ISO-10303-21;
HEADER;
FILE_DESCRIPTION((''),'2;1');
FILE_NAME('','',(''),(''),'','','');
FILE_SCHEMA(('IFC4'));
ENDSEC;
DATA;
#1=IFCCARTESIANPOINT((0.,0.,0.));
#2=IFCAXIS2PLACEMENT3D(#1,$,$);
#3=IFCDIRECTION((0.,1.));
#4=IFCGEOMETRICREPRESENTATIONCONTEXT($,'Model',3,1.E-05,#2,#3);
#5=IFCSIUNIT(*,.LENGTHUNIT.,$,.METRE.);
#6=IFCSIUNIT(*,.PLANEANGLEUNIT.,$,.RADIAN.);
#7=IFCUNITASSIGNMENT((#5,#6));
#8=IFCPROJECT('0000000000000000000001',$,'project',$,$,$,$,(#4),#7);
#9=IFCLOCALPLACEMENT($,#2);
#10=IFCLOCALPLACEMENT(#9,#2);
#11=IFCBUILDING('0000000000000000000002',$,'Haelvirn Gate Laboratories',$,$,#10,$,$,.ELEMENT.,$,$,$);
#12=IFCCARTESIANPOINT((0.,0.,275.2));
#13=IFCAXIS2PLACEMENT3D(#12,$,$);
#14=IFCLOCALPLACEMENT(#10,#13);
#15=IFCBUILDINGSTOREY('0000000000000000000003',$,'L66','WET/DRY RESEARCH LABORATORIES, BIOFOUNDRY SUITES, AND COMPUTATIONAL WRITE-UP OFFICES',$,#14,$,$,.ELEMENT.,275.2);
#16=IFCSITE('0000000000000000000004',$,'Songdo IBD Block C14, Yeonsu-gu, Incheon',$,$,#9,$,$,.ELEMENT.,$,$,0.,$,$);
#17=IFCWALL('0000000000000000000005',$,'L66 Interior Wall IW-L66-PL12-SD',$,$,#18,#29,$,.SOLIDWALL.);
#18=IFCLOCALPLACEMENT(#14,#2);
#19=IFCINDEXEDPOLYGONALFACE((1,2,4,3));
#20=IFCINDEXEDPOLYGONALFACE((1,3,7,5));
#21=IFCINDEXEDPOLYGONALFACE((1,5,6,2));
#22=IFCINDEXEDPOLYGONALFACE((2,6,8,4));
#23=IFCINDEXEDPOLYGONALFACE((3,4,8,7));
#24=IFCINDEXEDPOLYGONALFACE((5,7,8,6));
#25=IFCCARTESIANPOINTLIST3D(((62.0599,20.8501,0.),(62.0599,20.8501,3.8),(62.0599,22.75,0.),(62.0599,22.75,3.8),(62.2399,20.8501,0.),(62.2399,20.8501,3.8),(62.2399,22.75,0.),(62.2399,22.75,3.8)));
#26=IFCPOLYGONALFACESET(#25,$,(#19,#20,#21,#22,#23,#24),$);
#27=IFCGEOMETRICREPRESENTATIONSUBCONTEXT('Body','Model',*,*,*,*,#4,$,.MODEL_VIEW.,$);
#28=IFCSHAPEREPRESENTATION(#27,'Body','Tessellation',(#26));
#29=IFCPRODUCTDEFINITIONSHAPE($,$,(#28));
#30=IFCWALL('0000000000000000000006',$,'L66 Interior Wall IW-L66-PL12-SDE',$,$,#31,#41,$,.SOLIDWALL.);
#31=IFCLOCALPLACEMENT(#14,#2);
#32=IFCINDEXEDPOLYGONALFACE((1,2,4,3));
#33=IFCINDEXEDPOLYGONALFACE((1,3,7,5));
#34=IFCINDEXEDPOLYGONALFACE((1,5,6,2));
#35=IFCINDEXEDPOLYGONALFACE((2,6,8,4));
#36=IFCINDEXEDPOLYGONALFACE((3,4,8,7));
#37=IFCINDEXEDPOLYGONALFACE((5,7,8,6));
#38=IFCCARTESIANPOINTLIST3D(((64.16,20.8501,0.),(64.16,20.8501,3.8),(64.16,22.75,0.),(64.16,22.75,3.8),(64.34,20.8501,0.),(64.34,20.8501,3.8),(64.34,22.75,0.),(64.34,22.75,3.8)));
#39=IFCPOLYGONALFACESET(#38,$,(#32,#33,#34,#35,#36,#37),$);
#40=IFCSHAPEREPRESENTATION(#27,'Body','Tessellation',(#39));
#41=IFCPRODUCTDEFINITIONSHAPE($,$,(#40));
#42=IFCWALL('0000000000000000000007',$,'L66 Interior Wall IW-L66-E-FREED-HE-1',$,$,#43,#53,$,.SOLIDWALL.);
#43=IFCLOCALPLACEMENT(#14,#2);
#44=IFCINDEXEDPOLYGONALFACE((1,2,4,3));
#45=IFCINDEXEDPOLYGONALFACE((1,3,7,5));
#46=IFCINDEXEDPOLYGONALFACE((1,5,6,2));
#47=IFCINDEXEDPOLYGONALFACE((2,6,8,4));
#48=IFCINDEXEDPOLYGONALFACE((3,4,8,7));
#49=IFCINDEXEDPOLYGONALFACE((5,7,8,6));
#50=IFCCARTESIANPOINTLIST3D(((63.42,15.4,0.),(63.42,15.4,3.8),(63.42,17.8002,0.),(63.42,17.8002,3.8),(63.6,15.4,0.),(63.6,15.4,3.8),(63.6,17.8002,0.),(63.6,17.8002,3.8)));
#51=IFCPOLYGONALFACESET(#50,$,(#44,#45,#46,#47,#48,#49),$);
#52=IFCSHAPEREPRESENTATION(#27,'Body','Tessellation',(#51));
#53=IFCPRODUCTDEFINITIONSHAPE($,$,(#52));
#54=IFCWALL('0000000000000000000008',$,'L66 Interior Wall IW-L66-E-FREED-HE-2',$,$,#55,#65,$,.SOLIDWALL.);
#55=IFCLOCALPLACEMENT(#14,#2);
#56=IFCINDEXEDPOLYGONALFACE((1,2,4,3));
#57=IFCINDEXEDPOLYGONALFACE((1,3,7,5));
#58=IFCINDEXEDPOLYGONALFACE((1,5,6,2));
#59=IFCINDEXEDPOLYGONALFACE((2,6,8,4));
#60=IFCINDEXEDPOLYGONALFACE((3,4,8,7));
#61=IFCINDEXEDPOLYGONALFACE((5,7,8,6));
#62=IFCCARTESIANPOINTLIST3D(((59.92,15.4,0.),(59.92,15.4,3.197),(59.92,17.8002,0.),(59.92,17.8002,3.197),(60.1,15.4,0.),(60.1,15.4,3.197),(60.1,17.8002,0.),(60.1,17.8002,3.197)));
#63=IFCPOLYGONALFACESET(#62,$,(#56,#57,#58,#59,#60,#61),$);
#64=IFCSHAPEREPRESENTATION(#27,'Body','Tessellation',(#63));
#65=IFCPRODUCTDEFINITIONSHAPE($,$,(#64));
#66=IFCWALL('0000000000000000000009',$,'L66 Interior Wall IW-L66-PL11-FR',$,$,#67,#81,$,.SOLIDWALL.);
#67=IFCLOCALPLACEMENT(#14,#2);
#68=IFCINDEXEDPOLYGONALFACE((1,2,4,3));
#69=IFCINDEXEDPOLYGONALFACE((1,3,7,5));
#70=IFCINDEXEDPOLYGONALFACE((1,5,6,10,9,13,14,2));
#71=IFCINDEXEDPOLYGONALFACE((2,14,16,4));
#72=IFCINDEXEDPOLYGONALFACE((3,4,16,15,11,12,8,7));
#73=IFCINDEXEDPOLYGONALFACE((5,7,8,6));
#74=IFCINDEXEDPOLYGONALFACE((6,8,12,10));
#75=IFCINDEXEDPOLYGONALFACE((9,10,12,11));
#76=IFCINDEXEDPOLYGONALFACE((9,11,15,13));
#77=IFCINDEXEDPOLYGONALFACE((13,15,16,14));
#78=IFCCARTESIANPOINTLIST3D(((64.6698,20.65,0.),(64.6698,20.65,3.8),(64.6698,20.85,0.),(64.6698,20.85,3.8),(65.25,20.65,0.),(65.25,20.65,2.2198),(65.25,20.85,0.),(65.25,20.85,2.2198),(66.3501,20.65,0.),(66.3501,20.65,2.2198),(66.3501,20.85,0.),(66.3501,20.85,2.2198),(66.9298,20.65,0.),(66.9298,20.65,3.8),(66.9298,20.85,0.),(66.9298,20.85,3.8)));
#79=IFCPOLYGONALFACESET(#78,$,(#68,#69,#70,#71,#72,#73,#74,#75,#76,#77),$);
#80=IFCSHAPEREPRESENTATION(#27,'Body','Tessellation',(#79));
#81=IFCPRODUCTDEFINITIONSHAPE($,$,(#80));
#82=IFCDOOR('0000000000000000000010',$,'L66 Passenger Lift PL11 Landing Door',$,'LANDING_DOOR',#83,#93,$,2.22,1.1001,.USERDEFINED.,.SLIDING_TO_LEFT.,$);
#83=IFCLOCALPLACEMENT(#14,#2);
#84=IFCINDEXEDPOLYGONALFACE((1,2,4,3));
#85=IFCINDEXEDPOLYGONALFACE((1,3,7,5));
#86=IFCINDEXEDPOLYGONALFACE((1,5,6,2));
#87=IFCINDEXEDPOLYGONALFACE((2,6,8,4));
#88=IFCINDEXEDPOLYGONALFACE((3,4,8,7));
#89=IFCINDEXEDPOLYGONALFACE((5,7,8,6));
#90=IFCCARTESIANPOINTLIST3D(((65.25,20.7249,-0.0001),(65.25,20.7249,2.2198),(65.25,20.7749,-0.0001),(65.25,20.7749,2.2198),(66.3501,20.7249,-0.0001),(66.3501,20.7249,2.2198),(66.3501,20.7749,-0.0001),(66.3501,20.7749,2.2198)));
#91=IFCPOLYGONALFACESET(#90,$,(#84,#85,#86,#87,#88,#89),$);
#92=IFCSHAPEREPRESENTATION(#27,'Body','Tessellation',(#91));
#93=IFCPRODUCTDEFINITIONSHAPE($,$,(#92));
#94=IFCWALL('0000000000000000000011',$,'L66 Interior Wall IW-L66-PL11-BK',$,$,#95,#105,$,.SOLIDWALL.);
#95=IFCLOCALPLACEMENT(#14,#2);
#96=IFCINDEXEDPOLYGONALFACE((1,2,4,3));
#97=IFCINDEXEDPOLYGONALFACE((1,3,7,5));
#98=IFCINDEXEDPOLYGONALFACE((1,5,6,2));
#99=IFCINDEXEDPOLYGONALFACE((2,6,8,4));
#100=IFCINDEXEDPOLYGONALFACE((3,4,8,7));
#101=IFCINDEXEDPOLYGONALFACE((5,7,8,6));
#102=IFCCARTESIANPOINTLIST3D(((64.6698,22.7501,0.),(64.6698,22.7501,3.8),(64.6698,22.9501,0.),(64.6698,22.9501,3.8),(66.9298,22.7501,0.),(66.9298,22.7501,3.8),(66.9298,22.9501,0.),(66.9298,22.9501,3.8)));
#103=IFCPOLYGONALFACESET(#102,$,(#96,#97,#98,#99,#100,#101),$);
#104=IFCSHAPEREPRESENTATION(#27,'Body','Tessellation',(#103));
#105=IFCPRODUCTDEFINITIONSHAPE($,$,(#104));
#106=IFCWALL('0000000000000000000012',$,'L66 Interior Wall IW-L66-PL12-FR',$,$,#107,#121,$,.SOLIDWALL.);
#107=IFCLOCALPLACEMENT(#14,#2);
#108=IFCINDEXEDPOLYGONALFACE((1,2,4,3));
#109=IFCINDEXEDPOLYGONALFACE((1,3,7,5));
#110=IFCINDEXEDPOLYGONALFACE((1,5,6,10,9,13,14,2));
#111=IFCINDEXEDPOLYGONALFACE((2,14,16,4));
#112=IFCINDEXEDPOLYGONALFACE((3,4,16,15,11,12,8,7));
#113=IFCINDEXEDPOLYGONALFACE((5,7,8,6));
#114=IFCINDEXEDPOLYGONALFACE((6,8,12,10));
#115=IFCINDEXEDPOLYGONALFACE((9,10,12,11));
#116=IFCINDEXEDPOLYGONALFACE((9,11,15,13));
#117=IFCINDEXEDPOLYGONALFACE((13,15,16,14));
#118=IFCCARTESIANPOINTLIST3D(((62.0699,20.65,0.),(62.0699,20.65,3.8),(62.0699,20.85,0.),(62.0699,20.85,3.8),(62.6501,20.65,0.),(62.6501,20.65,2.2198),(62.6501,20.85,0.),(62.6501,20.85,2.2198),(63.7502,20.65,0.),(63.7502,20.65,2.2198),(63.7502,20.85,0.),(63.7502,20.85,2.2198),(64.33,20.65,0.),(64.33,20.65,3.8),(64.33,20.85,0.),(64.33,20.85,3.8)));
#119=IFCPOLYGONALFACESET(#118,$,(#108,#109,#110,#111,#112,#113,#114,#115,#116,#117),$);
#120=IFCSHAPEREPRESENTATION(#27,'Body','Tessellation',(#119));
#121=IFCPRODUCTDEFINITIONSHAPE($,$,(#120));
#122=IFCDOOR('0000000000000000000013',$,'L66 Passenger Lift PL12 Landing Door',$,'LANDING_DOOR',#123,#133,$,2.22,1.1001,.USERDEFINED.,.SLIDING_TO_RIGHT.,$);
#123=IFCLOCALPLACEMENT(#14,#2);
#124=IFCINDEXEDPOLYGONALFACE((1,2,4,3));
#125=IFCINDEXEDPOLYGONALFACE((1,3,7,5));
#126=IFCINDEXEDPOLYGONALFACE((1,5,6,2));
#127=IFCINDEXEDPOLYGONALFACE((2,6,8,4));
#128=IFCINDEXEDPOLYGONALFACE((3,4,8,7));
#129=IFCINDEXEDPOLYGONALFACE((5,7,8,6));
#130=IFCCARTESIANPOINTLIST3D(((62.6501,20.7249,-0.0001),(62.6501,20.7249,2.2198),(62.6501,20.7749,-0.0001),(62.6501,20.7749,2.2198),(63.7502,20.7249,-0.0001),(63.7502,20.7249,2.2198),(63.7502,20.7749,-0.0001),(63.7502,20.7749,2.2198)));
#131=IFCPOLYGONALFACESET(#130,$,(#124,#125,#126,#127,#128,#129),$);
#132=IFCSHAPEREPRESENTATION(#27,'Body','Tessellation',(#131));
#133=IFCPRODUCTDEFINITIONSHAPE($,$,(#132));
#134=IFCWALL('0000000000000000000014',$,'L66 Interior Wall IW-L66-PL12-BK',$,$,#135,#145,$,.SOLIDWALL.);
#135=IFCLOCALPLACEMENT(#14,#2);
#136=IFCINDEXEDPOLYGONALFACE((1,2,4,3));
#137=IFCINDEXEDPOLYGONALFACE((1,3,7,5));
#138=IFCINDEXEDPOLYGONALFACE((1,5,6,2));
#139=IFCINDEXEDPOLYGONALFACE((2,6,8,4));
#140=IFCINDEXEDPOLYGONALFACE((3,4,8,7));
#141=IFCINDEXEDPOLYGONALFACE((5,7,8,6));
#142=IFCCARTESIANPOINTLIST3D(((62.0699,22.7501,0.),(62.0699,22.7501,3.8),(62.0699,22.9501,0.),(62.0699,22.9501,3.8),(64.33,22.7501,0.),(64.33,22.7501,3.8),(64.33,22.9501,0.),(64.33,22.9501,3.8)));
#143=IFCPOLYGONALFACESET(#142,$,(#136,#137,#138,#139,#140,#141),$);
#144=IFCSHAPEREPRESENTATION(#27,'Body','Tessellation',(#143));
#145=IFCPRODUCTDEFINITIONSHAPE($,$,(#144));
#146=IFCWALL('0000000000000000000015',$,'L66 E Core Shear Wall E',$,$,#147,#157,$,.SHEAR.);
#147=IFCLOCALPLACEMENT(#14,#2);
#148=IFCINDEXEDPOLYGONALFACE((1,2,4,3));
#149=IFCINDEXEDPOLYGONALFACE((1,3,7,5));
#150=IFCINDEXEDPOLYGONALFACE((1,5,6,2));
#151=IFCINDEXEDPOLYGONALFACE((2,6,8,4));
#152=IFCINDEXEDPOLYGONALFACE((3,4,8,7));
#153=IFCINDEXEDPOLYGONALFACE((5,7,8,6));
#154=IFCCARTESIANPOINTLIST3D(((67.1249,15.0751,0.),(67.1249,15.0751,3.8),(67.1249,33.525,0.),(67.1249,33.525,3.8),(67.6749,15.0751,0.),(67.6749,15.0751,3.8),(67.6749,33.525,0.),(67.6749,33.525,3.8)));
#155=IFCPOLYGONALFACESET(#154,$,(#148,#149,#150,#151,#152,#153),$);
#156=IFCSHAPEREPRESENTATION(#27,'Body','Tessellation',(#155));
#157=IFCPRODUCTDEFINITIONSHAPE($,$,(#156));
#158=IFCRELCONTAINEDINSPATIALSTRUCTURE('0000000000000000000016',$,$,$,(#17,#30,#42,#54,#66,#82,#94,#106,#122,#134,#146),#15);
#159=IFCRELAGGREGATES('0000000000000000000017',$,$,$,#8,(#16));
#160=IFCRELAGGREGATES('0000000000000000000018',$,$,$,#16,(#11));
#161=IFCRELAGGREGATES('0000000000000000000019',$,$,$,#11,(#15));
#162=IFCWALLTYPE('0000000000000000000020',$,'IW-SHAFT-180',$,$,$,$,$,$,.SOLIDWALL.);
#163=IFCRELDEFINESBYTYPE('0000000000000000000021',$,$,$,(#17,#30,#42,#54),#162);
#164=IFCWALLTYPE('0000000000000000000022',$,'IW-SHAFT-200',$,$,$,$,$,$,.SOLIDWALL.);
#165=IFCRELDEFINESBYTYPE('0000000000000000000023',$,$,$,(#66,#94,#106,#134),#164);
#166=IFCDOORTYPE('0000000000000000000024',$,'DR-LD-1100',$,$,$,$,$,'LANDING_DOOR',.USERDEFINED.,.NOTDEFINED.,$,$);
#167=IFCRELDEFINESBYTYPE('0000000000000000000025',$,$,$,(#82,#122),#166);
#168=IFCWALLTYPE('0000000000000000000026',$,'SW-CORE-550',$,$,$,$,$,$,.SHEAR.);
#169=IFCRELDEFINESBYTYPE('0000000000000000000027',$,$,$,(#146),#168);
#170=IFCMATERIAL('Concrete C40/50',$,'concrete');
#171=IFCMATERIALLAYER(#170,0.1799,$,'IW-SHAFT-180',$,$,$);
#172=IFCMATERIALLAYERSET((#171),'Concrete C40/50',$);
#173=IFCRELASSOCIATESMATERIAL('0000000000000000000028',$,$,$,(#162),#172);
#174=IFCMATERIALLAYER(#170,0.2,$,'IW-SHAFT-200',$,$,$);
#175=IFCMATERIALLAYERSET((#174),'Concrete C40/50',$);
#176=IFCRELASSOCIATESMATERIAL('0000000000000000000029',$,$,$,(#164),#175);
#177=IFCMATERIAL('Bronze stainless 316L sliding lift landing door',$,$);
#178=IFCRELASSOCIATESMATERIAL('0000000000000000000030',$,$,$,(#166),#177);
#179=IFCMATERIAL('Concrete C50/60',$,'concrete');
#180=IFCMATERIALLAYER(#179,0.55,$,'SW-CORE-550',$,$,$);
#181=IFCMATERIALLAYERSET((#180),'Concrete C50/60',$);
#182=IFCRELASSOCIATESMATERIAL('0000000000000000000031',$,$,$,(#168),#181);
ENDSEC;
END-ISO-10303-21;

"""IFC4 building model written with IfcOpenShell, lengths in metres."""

from ifc_helpers import new_model, si_unit, direction, frame, frame_2d, origin, place, context, subcontext, project, spatial, rectangle, extrude, source, transform, mapped, material, layer, layer_set, type_object, type_shapes, element, fill, save


model = new_model("IFC4")

# Units and contexts
model_context = context("Model", 3, precision=1e-05, world=origin(), true_north=direction((0.0, 1.0)))
body_context = subcontext(model_context, "Body", "Model", "MODEL_VIEW")
ifc_project = project(units=[si_unit("LENGTHUNIT", "METRE"), si_unit("PLANEANGLEUNIT", "RADIAN")], contexts=[model_context])

# Site, building, storey
site_placement = place(None, origin())
site = spatial("IfcSite", under=ifc_project, at=site_placement, Name="Songdo IBD Block C14, Yeonsu-gu, Incheon", CompositionType="ELEMENT", RefElevation=0.0)
building_placement = place(site_placement, origin())
building = spatial("IfcBuilding", under=site, at=building_placement, Name="Haelvirn Gate Laboratories", CompositionType="ELEMENT")
storey_placement = place(building_placement, frame((0.0, 0.0, 275.2)))
storey = spatial("IfcBuildingStorey", under=building, at=storey_placement, Name="L66", Description="WET/DRY RESEARCH LABORATORIES, BIOFOUNDRY SUITES, AND COMPUTATIONAL WRITE-UP OFFICES", CompositionType="ELEMENT", Elevation=275.2)

# Shared definitions
ifc_material_1 = material(Name="Concrete C50/60", Category="concrete")

# Walls
ifc_material_2 = material(Name="Concrete C40/50", Category="concrete")
ifc_layer_1 = layer(ifc_material_2, 0.1799, Name="IW-SHAFT-180")
ifc_layer_set_1 = layer_set([ifc_layer_1], Name="Concrete C40/50")
wall_type_1 = type_object("IfcWallType", Name="IW-SHAFT-180", PredefinedType="SOLIDWALL", material=ifc_layer_set_1)
for number, where, z_axis, x_axis, name in (
    (1, (62.1499, 20.8501, 0.0), (0.0, 0.0, 1.0), (0.0, 1.0, 0.0), "L66 Interior Wall IW-L66-PL12-SD"),
    (2, (64.25, 20.8501, 0.0), (0.0, 0.0, 1.0), (0.0, 1.0, 0.0), "L66 Interior Wall IW-L66-PL12-SDE"),
):
    element("IfcWall", number, at=place(storey_placement, frame(where, z_axis=z_axis, x_axis=x_axis)), inside=storey, type_object=wall_type_1, Name=name, PredefinedType="SOLIDWALL", context=body_context, shape_type="SweptSolid", body=[
        extrude(rectangle(XDim=1.8999, YDim=0.1799, at=frame_2d((0.95, 0.0))), origin(), (0.0, 0.0, 1.0), 3.8),
    ])

# Wall
wall_1_placement = place(storey_placement, frame((63.51, 15.3999, 0.0), z_axis=(0.0, 0.0, 1.0), x_axis=(0.0, 1.0, 0.0)))
element("IfcWall", 3, at=wall_1_placement, inside=storey, type_object=wall_type_1, Name="L66 Interior Wall IW-L66-E-FREED-HE-1", PredefinedType="SOLIDWALL", context=body_context, shape_type="SweptSolid", body=[
    extrude(rectangle(XDim=2.4001, YDim=0.1799, at=frame_2d((1.2002, 0.0))), origin(), (0.0, 0.0, 1.0), 3.8),
])

# Wall
wall_2_placement = place(storey_placement, frame((60.01, 15.3999, 0.0), z_axis=(0.0, 0.0, 1.0), x_axis=(0.0, 1.0, 0.0)))
element("IfcWall", 4, at=wall_2_placement, inside=storey, type_object=wall_type_1, Name="L66 Interior Wall IW-L66-E-FREED-HE-2", PredefinedType="SOLIDWALL", context=body_context, shape_type="SweptSolid", body=[
    extrude(rectangle(XDim=2.4001, YDim=0.1799, at=frame_2d((1.2002, 0.0))), origin(), (0.0, 0.0, 1.0), 3.197),
])

# Wall, opening, door
ifc_layer_2 = layer(ifc_material_2, 0.2, Name="IW-SHAFT-200")
ifc_layer_set_2 = layer_set([ifc_layer_2], Name="Concrete C40/50")
wall_type_2 = type_object("IfcWallType", Name="IW-SHAFT-200", PredefinedType="SOLIDWALL", material=ifc_layer_set_2)
wall_3_placement = place(storey_placement, frame((64.6699, 20.75, 0.0), z_axis=(0.0, 0.0, 1.0), x_axis=(1.0, 0.0, 0.0)))
wall_3 = element("IfcWall", 5, at=wall_3_placement, inside=storey, type_object=wall_type_2, Name="L66 Interior Wall IW-L66-PL11-FR", PredefinedType="SOLIDWALL", context=body_context, shape_type="SweptSolid", body=[
    extrude(rectangle(XDim=2.26, YDim=0.2, at=frame_2d((1.1299, 0.0))), origin(), (0.0, 0.0, 1.0), 3.8),
])
opening_1_placement = place(wall_3_placement, frame((0.5801, 0.0, 0.0)))
opening_1 = element("IfcOpeningElement", 6, at=opening_1_placement, cuts=wall_3, PredefinedType="OPENING", context=body_context, shape_type="SweptSolid", body=[
    extrude(rectangle(XDim=1.1001, YDim=2.22, at=frame_2d((0.55, 1.1099))), frame((0.0, 0.1099, 0.0), z_axis=(0.0, -1.0, 0.0), x_axis=(1.0, 0.0, 0.0)), (0.0, 0.0, 1.0), 0.22),
])
ifc_material_3 = material(Name="Bronze stainless 316L sliding lift landing door")
door_type_1 = type_object("IfcDoorType", Name="DR-LD-1100", ElementType="LANDING_DOOR", OperationType="NOTDEFINED", PredefinedType="USERDEFINED", material=ifc_material_3)
shared_shape_1 = source(origin(), body_context, "Body", "SweptSolid", [
    extrude(rectangle(XDim=1.1001, YDim=2.22, at=frame_2d((0.55, 1.1099))), frame((0.0, 0.0249, 0.0), z_axis=(0.0, -1.0, 0.0), x_axis=(1.0, 0.0, 0.0)), (0.0, 0.0, 1.0), 0.05),
])
type_shapes(door_type_1, [shared_shape_1])
door_1_placement = place(opening_1_placement, origin())
door_1 = element("IfcDoor", 7, at=door_1_placement, inside=storey, type_object=door_type_1, Name="L66 Passenger Lift PL11 Landing Door", ObjectType="LANDING_DOOR", OperationType="SLIDING_TO_LEFT", OverallHeight=2.22, OverallWidth=1.1001, PredefinedType="USERDEFINED", context=body_context, shape_type="MappedRepresentation", body=[
    mapped(shared_shape_1, transform((0.0, 0.0, 0.0), scale=1.0)),
])
fill(opening_1, door_1)

# Wall
wall_4_placement = place(storey_placement, frame((64.6699, 22.8501, 0.0), z_axis=(0.0, 0.0, 1.0), x_axis=(1.0, 0.0, 0.0)))
element("IfcWall", 8, at=wall_4_placement, inside=storey, type_object=wall_type_2, Name="L66 Interior Wall IW-L66-PL11-BK", PredefinedType="SOLIDWALL", context=body_context, shape_type="SweptSolid", body=[
    extrude(rectangle(XDim=2.26, YDim=0.2, at=frame_2d((1.1299, 0.0))), origin(), (0.0, 0.0, 1.0), 3.8),
])

# Wall, opening, door
wall_5_placement = place(storey_placement, frame((62.0701, 20.75, 0.0), z_axis=(0.0, 0.0, 1.0), x_axis=(1.0, 0.0, 0.0)))
wall_5 = element("IfcWall", 9, at=wall_5_placement, inside=storey, type_object=wall_type_2, Name="L66 Interior Wall IW-L66-PL12-FR", PredefinedType="SOLIDWALL", context=body_context, shape_type="SweptSolid", body=[
    extrude(rectangle(XDim=2.26, YDim=0.2, at=frame_2d((1.1299, 0.0))), origin(), (0.0, 0.0, 1.0), 3.8),
])
opening_2_placement = place(wall_5_placement, frame((0.5801, 0.0, 0.0)))
opening_2 = element("IfcOpeningElement", 10, at=opening_2_placement, cuts=wall_5, PredefinedType="OPENING", context=body_context, shape_type="SweptSolid", body=[
    extrude(rectangle(XDim=1.1001, YDim=2.22, at=frame_2d((0.55, 1.1099))), frame((0.0, 0.1099, 0.0), z_axis=(0.0, -1.0, 0.0), x_axis=(1.0, 0.0, 0.0)), (0.0, 0.0, 1.0), 0.22),
])
door_2_placement = place(opening_2_placement, origin())
door_2 = element("IfcDoor", 11, at=door_2_placement, inside=storey, type_object=door_type_1, Name="L66 Passenger Lift PL12 Landing Door", ObjectType="LANDING_DOOR", OperationType="SLIDING_TO_RIGHT", OverallHeight=2.22, OverallWidth=1.1001, PredefinedType="USERDEFINED", context=body_context, shape_type="MappedRepresentation", body=[
    mapped(shared_shape_1, transform((0.0, 0.0, 0.0), scale=1.0)),
])
fill(opening_2, door_2)

# Walls
wall_6_placement = place(storey_placement, frame((62.0701, 22.8501, 0.0), z_axis=(0.0, 0.0, 1.0), x_axis=(1.0, 0.0, 0.0)))
element("IfcWall", 12, at=wall_6_placement, inside=storey, type_object=wall_type_2, Name="L66 Interior Wall IW-L66-PL12-BK", PredefinedType="SOLIDWALL", context=body_context, shape_type="SweptSolid", body=[
    extrude(rectangle(XDim=2.26, YDim=0.2, at=frame_2d((1.1299, 0.0))), origin(), (0.0, 0.0, 1.0), 3.8),
])
ifc_layer_3 = layer(ifc_material_1, 0.55, Name="SW-CORE-550")
ifc_layer_set_3 = layer_set([ifc_layer_3], Name="Concrete C50/60")
wall_type_3 = type_object("IfcWallType", Name="SW-CORE-550", PredefinedType="SHEAR", material=ifc_layer_set_3)
wall_7_placement = place(storey_placement, frame((67.3999, 15.075, 0.0), z_axis=(0.0, 0.0, 1.0), x_axis=(0.0, 1.0, 0.0)))
element("IfcWall", 13, at=wall_7_placement, inside=storey, type_object=wall_type_3, Name="L66 E Core Shear Wall E", PredefinedType="SHEAR", context=body_context, shape_type="SweptSolid", body=[
    extrude(rectangle(XDim=18.45, YDim=0.55, at=frame_2d((9.2251, 0.0))), origin(), (0.0, 0.0, 1.0), 3.8),
])

save(model, "model.ifc")
